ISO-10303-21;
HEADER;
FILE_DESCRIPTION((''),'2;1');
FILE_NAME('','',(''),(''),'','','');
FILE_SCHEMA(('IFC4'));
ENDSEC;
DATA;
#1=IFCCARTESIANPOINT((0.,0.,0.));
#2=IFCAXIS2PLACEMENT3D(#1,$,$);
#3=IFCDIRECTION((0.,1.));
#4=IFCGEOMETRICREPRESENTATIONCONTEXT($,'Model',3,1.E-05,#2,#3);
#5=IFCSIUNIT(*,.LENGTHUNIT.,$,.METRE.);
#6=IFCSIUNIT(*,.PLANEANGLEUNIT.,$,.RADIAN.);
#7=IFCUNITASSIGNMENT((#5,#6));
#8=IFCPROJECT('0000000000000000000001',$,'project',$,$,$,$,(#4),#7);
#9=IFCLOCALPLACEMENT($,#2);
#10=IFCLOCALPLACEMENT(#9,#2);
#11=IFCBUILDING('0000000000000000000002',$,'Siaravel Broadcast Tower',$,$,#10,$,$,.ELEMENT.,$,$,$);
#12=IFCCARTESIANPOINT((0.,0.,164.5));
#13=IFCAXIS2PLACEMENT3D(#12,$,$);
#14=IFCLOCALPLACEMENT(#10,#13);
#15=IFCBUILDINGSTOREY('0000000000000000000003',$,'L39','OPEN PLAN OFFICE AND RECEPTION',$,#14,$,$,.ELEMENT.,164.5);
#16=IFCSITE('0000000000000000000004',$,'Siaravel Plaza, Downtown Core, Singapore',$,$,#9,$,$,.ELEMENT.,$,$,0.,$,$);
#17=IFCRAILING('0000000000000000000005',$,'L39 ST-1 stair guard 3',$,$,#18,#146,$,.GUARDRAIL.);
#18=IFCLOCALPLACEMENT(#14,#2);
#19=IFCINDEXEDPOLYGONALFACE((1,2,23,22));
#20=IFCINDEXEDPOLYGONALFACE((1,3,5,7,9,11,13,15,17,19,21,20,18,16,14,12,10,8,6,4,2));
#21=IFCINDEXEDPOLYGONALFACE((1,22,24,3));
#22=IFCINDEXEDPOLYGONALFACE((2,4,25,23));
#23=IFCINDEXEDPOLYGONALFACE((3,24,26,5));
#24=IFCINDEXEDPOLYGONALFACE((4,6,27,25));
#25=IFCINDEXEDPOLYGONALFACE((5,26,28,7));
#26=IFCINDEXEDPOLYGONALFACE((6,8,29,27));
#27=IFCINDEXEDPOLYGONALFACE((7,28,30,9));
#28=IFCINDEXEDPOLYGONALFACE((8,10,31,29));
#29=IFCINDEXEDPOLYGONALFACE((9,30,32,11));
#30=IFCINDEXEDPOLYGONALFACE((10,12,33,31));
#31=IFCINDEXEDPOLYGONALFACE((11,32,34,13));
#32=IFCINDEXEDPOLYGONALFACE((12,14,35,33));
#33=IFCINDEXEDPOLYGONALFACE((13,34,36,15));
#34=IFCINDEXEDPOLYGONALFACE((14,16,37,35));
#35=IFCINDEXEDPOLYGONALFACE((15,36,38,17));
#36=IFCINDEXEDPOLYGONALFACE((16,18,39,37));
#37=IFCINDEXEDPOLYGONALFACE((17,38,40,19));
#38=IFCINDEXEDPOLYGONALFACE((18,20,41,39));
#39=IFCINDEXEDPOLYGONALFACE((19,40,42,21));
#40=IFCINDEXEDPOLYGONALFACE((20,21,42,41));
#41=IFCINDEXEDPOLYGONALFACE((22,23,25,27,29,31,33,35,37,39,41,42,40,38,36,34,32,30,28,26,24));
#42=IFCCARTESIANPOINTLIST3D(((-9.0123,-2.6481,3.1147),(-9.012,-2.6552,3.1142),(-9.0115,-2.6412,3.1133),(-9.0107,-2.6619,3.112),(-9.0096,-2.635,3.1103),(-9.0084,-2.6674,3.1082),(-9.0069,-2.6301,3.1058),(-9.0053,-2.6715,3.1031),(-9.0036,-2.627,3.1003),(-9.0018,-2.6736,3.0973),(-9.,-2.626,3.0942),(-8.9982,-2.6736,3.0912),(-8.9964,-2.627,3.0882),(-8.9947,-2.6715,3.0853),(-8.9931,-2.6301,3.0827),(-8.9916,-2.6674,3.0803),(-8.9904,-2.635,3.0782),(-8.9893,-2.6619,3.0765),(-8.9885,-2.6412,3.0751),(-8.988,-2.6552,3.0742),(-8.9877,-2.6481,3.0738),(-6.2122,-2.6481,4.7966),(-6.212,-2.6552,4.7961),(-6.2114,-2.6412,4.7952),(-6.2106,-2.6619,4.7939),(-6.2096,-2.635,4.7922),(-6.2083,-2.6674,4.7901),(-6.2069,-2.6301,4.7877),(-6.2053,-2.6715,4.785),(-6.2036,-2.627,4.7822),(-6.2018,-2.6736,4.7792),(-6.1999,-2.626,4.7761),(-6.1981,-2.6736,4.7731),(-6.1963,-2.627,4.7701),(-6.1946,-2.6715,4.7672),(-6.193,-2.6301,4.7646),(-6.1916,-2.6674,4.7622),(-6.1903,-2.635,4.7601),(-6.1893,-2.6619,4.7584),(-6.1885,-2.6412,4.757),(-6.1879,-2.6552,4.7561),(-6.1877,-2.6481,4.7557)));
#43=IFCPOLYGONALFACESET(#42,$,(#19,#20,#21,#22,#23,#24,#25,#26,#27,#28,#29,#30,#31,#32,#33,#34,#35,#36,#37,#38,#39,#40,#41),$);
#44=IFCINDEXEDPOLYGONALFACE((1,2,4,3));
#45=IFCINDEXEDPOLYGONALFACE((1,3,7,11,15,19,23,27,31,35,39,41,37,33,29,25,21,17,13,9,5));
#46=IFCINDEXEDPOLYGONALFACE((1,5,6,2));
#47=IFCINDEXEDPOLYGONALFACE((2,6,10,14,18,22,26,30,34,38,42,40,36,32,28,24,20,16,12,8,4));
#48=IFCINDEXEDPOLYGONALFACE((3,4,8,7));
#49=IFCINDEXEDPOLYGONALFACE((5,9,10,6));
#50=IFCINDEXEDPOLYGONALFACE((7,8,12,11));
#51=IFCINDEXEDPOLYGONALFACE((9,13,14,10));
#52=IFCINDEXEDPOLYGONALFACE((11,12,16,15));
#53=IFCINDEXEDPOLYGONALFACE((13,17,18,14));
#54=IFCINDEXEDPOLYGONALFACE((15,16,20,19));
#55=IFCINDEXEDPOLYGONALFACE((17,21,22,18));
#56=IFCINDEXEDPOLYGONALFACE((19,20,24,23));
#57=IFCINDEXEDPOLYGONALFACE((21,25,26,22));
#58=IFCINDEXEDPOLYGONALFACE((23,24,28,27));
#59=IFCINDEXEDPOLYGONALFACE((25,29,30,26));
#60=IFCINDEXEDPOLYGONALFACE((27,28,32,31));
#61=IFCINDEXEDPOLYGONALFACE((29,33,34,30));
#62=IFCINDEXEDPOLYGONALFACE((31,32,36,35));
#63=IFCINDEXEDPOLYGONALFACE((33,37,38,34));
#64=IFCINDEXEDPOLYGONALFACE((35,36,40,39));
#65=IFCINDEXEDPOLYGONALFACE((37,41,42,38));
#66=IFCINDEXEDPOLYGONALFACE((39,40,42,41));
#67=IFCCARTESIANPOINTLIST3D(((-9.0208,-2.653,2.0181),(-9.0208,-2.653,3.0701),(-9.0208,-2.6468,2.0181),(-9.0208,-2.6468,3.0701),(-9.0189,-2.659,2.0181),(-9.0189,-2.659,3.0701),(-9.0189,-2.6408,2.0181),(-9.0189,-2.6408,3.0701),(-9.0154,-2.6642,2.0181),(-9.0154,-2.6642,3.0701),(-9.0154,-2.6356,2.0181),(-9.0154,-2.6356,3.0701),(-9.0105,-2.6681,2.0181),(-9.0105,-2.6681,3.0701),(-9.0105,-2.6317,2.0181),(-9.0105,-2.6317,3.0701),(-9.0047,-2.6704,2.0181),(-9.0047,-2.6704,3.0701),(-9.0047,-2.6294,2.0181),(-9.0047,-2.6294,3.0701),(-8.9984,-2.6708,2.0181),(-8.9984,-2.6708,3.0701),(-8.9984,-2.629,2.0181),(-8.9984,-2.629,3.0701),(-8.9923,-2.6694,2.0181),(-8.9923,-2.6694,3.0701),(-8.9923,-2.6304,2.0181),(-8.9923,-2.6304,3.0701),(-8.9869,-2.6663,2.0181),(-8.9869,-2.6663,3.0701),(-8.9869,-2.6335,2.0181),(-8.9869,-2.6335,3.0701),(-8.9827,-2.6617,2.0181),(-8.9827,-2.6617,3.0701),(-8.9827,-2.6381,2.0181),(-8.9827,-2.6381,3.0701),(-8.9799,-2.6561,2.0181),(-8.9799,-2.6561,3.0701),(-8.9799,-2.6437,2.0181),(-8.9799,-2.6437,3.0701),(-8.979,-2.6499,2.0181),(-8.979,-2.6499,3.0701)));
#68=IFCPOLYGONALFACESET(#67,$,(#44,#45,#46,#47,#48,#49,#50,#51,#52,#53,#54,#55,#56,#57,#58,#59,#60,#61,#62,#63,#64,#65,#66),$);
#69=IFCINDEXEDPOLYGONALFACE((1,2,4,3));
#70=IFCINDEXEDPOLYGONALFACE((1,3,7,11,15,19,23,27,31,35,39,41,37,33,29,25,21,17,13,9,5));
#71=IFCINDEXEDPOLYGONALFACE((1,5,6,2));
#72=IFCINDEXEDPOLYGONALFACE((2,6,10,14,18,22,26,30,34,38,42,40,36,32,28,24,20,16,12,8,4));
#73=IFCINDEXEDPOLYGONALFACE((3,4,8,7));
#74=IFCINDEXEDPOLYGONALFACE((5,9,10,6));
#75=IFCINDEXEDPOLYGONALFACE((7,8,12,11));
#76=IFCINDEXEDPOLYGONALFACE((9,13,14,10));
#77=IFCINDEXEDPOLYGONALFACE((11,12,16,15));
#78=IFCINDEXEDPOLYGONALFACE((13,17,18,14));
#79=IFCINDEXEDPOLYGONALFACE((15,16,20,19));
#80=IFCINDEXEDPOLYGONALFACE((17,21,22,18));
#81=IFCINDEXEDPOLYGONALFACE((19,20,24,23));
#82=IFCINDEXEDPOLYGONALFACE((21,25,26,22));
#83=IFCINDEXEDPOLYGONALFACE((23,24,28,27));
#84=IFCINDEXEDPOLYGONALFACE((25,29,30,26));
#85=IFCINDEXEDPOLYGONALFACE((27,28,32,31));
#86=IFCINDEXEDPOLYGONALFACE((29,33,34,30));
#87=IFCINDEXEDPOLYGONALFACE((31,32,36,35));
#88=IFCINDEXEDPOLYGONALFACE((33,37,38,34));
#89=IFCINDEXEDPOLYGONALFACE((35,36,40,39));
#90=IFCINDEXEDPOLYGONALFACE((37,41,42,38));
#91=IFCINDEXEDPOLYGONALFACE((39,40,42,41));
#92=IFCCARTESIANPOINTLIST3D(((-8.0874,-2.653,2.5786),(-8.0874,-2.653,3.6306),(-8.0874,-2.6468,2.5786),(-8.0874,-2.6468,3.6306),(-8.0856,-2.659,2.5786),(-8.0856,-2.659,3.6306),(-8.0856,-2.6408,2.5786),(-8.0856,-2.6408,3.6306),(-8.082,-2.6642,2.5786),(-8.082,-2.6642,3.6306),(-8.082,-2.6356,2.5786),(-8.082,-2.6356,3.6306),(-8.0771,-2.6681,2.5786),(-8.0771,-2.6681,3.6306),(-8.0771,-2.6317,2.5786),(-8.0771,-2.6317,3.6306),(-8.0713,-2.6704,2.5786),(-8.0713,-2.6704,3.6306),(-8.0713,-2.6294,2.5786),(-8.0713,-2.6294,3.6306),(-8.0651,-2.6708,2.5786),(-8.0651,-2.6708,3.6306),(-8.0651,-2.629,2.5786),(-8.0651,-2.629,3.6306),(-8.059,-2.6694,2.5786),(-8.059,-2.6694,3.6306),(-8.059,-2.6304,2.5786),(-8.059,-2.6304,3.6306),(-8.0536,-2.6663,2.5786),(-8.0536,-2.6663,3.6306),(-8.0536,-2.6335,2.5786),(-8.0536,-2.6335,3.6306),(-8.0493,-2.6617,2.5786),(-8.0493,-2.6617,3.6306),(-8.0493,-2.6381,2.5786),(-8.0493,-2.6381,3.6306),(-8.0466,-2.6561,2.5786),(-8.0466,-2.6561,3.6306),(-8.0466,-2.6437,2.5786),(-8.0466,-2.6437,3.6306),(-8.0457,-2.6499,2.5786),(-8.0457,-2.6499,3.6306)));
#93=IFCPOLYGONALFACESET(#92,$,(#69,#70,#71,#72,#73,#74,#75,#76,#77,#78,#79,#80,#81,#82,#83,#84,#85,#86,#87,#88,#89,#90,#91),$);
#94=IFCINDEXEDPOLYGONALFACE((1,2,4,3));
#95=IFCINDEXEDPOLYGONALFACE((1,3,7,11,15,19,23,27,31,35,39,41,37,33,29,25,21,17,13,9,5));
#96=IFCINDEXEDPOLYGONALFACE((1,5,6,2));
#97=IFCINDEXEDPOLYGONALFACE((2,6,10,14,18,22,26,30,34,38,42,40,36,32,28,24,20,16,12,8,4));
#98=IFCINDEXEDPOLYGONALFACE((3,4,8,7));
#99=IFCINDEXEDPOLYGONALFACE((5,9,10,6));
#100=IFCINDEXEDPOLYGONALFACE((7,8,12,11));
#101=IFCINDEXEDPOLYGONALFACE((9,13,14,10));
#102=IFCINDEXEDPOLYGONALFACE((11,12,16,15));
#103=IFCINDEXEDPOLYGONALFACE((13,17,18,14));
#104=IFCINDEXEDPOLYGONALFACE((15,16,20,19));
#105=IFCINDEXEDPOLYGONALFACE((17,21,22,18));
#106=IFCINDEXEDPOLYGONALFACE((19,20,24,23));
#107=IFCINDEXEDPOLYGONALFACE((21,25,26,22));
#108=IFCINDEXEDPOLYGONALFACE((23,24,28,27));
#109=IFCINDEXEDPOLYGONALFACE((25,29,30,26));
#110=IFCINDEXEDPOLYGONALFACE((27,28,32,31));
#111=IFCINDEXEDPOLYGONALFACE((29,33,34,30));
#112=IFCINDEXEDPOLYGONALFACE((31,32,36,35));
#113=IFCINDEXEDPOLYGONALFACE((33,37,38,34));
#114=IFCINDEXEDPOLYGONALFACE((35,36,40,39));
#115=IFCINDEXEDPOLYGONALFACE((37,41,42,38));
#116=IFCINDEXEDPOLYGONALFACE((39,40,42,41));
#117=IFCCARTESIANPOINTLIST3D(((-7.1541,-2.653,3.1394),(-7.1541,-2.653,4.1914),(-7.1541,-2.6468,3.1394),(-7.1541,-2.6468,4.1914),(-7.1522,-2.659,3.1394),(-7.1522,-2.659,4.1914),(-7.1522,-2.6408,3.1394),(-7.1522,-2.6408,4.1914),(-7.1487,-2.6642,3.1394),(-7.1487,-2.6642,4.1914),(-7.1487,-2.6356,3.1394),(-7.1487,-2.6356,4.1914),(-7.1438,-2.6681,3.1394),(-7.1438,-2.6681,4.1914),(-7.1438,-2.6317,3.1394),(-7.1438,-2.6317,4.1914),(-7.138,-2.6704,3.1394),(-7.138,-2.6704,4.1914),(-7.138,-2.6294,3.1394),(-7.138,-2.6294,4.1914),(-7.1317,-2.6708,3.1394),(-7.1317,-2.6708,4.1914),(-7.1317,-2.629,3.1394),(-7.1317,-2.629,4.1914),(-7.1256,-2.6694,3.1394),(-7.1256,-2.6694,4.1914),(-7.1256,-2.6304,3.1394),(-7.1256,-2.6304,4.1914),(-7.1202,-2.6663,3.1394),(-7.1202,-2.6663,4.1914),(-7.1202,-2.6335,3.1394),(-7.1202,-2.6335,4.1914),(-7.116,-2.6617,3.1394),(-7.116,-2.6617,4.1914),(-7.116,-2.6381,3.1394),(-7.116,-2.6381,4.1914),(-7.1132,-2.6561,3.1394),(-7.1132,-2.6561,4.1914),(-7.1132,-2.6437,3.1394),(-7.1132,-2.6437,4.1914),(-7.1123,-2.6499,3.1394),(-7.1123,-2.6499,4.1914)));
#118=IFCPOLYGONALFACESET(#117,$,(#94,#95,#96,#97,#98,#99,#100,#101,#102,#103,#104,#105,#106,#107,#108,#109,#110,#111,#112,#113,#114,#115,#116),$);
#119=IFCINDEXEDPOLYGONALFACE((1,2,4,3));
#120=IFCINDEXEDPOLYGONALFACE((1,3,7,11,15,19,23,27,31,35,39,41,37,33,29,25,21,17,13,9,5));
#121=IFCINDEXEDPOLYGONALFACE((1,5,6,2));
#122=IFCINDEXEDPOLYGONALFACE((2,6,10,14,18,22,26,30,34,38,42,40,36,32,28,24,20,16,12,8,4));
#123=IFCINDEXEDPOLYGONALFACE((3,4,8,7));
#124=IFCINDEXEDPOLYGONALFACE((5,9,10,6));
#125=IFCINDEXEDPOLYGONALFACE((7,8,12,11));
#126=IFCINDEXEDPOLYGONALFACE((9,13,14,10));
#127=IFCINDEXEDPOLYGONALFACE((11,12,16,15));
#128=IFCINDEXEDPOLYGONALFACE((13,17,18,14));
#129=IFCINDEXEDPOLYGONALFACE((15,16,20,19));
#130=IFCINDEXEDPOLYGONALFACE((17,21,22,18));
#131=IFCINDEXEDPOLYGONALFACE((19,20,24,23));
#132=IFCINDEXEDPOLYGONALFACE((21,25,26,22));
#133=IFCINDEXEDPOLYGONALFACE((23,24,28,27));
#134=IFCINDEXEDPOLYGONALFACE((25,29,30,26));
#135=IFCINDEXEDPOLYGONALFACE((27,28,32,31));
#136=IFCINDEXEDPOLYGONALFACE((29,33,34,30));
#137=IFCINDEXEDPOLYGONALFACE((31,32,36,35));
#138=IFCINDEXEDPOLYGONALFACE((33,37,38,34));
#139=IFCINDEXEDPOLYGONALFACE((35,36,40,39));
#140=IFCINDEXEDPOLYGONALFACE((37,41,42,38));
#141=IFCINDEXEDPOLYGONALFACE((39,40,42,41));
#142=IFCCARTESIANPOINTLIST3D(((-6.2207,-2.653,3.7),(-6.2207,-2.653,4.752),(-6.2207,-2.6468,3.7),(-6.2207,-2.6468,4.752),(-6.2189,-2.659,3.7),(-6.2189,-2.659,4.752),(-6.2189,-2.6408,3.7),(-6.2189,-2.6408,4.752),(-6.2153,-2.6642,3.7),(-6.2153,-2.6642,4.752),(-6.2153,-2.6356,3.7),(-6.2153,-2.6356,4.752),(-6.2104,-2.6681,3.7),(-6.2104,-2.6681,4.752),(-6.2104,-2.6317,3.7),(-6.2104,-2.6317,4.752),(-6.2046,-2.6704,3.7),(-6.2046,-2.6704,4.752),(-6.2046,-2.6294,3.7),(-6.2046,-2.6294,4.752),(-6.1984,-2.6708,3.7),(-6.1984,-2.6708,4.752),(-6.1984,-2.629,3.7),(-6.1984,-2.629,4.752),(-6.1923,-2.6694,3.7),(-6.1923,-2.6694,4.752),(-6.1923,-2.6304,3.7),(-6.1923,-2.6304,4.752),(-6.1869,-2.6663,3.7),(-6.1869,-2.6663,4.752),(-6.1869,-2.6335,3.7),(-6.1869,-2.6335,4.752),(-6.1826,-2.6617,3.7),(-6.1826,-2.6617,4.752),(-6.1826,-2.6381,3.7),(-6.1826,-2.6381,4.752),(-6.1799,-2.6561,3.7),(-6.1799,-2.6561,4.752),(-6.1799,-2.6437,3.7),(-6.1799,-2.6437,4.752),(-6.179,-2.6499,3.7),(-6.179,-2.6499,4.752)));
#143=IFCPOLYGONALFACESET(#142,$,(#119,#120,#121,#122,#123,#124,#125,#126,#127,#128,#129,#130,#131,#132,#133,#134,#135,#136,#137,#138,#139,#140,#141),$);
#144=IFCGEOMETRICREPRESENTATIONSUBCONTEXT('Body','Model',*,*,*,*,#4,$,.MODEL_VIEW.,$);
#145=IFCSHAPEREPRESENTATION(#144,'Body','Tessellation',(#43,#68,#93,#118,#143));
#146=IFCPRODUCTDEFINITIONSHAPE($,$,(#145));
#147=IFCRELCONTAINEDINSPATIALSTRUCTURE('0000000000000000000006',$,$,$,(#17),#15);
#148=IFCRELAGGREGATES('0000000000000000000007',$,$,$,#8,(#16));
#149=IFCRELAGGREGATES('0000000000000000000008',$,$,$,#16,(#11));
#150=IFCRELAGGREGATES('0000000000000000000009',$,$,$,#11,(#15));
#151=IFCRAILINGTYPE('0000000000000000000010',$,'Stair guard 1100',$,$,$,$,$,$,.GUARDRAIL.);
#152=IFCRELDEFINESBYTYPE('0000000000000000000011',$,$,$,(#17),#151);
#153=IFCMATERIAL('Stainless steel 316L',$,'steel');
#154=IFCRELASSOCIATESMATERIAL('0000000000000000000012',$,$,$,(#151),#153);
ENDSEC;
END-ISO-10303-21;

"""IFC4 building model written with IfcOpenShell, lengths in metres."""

from ifc_helpers import new_model, si_unit, direction, frame, origin, origin_2d, place, context, subcontext, project, spatial, circle, extrude, material, type_object, element, save


model = new_model("IFC4")

# Units and contexts
model_context = context("Model", 3, precision=1e-05, world=origin(), true_north=direction((0.0, 1.0)))
body_context = subcontext(model_context, "Body", "Model", "MODEL_VIEW")
ifc_project = project(units=[si_unit("LENGTHUNIT", "METRE"), si_unit("PLANEANGLEUNIT", "RADIAN")], contexts=[model_context])

# Site, building, storey
site_placement = place(None, origin())
site = spatial("IfcSite", under=ifc_project, at=site_placement, Name="Siaravel Plaza, Downtown Core, Singapore", CompositionType="ELEMENT", RefElevation=0.0)
building_placement = place(site_placement, origin())
building = spatial("IfcBuilding", under=site, at=building_placement, Name="Siaravel Broadcast Tower", CompositionType="ELEMENT")
storey_placement = place(building_placement, frame((0.0, 0.0, 164.5)))
storey = spatial("IfcBuildingStorey", under=building, at=storey_placement, Name="L39", Description="OPEN PLAN OFFICE AND RECEPTION", CompositionType="ELEMENT", Elevation=164.5)

# Shared definitions
ifc_material_1 = material(Name="Stainless steel 316L", Category="steel")

# Railing
railing_type_1 = type_object("IfcRailingType", Name="Stair guard 1100", PredefinedType="GUARDRAIL", material=ifc_material_1)
railing_1_placement = place(storey_placement, frame((-9.0, -2.6499, 2.0181)))
element("IfcRailing", 1, at=railing_1_placement, inside=storey, type_object=railing_type_1, Name="L39 ST-1 stair guard 3", PredefinedType="GUARDRAIL", context=body_context, shape_type="SweptSolid", body=[
    extrude(circle(Radius=0.0239, at=origin_2d()), frame((0.0, 0.0, 1.0762), z_axis=(0.857242, 0.0, 0.514913), x_axis=(0.0, 1.0, 0.0)), (0.0, 0.0, 1.0), 3.2664),
    extrude(circle(Radius=0.021, at=origin_2d()), origin(), (0.0, 0.0, 1.0), 1.052),
    extrude(circle(Radius=0.021, at=origin_2d()), frame((0.9333, 0.0, 0.5605)), (0.0, 0.0, 1.0), 1.052),
    extrude(circle(Radius=0.021, at=origin_2d()), frame((1.8667, 0.0, 1.1213)), (0.0, 0.0, 1.0), 1.052),
    extrude(circle(Radius=0.021, at=origin_2d()), frame((2.8, 0.0, 1.6819)), (0.0, 0.0, 1.0), 1.052),
])

save(model, "model.ifc")
